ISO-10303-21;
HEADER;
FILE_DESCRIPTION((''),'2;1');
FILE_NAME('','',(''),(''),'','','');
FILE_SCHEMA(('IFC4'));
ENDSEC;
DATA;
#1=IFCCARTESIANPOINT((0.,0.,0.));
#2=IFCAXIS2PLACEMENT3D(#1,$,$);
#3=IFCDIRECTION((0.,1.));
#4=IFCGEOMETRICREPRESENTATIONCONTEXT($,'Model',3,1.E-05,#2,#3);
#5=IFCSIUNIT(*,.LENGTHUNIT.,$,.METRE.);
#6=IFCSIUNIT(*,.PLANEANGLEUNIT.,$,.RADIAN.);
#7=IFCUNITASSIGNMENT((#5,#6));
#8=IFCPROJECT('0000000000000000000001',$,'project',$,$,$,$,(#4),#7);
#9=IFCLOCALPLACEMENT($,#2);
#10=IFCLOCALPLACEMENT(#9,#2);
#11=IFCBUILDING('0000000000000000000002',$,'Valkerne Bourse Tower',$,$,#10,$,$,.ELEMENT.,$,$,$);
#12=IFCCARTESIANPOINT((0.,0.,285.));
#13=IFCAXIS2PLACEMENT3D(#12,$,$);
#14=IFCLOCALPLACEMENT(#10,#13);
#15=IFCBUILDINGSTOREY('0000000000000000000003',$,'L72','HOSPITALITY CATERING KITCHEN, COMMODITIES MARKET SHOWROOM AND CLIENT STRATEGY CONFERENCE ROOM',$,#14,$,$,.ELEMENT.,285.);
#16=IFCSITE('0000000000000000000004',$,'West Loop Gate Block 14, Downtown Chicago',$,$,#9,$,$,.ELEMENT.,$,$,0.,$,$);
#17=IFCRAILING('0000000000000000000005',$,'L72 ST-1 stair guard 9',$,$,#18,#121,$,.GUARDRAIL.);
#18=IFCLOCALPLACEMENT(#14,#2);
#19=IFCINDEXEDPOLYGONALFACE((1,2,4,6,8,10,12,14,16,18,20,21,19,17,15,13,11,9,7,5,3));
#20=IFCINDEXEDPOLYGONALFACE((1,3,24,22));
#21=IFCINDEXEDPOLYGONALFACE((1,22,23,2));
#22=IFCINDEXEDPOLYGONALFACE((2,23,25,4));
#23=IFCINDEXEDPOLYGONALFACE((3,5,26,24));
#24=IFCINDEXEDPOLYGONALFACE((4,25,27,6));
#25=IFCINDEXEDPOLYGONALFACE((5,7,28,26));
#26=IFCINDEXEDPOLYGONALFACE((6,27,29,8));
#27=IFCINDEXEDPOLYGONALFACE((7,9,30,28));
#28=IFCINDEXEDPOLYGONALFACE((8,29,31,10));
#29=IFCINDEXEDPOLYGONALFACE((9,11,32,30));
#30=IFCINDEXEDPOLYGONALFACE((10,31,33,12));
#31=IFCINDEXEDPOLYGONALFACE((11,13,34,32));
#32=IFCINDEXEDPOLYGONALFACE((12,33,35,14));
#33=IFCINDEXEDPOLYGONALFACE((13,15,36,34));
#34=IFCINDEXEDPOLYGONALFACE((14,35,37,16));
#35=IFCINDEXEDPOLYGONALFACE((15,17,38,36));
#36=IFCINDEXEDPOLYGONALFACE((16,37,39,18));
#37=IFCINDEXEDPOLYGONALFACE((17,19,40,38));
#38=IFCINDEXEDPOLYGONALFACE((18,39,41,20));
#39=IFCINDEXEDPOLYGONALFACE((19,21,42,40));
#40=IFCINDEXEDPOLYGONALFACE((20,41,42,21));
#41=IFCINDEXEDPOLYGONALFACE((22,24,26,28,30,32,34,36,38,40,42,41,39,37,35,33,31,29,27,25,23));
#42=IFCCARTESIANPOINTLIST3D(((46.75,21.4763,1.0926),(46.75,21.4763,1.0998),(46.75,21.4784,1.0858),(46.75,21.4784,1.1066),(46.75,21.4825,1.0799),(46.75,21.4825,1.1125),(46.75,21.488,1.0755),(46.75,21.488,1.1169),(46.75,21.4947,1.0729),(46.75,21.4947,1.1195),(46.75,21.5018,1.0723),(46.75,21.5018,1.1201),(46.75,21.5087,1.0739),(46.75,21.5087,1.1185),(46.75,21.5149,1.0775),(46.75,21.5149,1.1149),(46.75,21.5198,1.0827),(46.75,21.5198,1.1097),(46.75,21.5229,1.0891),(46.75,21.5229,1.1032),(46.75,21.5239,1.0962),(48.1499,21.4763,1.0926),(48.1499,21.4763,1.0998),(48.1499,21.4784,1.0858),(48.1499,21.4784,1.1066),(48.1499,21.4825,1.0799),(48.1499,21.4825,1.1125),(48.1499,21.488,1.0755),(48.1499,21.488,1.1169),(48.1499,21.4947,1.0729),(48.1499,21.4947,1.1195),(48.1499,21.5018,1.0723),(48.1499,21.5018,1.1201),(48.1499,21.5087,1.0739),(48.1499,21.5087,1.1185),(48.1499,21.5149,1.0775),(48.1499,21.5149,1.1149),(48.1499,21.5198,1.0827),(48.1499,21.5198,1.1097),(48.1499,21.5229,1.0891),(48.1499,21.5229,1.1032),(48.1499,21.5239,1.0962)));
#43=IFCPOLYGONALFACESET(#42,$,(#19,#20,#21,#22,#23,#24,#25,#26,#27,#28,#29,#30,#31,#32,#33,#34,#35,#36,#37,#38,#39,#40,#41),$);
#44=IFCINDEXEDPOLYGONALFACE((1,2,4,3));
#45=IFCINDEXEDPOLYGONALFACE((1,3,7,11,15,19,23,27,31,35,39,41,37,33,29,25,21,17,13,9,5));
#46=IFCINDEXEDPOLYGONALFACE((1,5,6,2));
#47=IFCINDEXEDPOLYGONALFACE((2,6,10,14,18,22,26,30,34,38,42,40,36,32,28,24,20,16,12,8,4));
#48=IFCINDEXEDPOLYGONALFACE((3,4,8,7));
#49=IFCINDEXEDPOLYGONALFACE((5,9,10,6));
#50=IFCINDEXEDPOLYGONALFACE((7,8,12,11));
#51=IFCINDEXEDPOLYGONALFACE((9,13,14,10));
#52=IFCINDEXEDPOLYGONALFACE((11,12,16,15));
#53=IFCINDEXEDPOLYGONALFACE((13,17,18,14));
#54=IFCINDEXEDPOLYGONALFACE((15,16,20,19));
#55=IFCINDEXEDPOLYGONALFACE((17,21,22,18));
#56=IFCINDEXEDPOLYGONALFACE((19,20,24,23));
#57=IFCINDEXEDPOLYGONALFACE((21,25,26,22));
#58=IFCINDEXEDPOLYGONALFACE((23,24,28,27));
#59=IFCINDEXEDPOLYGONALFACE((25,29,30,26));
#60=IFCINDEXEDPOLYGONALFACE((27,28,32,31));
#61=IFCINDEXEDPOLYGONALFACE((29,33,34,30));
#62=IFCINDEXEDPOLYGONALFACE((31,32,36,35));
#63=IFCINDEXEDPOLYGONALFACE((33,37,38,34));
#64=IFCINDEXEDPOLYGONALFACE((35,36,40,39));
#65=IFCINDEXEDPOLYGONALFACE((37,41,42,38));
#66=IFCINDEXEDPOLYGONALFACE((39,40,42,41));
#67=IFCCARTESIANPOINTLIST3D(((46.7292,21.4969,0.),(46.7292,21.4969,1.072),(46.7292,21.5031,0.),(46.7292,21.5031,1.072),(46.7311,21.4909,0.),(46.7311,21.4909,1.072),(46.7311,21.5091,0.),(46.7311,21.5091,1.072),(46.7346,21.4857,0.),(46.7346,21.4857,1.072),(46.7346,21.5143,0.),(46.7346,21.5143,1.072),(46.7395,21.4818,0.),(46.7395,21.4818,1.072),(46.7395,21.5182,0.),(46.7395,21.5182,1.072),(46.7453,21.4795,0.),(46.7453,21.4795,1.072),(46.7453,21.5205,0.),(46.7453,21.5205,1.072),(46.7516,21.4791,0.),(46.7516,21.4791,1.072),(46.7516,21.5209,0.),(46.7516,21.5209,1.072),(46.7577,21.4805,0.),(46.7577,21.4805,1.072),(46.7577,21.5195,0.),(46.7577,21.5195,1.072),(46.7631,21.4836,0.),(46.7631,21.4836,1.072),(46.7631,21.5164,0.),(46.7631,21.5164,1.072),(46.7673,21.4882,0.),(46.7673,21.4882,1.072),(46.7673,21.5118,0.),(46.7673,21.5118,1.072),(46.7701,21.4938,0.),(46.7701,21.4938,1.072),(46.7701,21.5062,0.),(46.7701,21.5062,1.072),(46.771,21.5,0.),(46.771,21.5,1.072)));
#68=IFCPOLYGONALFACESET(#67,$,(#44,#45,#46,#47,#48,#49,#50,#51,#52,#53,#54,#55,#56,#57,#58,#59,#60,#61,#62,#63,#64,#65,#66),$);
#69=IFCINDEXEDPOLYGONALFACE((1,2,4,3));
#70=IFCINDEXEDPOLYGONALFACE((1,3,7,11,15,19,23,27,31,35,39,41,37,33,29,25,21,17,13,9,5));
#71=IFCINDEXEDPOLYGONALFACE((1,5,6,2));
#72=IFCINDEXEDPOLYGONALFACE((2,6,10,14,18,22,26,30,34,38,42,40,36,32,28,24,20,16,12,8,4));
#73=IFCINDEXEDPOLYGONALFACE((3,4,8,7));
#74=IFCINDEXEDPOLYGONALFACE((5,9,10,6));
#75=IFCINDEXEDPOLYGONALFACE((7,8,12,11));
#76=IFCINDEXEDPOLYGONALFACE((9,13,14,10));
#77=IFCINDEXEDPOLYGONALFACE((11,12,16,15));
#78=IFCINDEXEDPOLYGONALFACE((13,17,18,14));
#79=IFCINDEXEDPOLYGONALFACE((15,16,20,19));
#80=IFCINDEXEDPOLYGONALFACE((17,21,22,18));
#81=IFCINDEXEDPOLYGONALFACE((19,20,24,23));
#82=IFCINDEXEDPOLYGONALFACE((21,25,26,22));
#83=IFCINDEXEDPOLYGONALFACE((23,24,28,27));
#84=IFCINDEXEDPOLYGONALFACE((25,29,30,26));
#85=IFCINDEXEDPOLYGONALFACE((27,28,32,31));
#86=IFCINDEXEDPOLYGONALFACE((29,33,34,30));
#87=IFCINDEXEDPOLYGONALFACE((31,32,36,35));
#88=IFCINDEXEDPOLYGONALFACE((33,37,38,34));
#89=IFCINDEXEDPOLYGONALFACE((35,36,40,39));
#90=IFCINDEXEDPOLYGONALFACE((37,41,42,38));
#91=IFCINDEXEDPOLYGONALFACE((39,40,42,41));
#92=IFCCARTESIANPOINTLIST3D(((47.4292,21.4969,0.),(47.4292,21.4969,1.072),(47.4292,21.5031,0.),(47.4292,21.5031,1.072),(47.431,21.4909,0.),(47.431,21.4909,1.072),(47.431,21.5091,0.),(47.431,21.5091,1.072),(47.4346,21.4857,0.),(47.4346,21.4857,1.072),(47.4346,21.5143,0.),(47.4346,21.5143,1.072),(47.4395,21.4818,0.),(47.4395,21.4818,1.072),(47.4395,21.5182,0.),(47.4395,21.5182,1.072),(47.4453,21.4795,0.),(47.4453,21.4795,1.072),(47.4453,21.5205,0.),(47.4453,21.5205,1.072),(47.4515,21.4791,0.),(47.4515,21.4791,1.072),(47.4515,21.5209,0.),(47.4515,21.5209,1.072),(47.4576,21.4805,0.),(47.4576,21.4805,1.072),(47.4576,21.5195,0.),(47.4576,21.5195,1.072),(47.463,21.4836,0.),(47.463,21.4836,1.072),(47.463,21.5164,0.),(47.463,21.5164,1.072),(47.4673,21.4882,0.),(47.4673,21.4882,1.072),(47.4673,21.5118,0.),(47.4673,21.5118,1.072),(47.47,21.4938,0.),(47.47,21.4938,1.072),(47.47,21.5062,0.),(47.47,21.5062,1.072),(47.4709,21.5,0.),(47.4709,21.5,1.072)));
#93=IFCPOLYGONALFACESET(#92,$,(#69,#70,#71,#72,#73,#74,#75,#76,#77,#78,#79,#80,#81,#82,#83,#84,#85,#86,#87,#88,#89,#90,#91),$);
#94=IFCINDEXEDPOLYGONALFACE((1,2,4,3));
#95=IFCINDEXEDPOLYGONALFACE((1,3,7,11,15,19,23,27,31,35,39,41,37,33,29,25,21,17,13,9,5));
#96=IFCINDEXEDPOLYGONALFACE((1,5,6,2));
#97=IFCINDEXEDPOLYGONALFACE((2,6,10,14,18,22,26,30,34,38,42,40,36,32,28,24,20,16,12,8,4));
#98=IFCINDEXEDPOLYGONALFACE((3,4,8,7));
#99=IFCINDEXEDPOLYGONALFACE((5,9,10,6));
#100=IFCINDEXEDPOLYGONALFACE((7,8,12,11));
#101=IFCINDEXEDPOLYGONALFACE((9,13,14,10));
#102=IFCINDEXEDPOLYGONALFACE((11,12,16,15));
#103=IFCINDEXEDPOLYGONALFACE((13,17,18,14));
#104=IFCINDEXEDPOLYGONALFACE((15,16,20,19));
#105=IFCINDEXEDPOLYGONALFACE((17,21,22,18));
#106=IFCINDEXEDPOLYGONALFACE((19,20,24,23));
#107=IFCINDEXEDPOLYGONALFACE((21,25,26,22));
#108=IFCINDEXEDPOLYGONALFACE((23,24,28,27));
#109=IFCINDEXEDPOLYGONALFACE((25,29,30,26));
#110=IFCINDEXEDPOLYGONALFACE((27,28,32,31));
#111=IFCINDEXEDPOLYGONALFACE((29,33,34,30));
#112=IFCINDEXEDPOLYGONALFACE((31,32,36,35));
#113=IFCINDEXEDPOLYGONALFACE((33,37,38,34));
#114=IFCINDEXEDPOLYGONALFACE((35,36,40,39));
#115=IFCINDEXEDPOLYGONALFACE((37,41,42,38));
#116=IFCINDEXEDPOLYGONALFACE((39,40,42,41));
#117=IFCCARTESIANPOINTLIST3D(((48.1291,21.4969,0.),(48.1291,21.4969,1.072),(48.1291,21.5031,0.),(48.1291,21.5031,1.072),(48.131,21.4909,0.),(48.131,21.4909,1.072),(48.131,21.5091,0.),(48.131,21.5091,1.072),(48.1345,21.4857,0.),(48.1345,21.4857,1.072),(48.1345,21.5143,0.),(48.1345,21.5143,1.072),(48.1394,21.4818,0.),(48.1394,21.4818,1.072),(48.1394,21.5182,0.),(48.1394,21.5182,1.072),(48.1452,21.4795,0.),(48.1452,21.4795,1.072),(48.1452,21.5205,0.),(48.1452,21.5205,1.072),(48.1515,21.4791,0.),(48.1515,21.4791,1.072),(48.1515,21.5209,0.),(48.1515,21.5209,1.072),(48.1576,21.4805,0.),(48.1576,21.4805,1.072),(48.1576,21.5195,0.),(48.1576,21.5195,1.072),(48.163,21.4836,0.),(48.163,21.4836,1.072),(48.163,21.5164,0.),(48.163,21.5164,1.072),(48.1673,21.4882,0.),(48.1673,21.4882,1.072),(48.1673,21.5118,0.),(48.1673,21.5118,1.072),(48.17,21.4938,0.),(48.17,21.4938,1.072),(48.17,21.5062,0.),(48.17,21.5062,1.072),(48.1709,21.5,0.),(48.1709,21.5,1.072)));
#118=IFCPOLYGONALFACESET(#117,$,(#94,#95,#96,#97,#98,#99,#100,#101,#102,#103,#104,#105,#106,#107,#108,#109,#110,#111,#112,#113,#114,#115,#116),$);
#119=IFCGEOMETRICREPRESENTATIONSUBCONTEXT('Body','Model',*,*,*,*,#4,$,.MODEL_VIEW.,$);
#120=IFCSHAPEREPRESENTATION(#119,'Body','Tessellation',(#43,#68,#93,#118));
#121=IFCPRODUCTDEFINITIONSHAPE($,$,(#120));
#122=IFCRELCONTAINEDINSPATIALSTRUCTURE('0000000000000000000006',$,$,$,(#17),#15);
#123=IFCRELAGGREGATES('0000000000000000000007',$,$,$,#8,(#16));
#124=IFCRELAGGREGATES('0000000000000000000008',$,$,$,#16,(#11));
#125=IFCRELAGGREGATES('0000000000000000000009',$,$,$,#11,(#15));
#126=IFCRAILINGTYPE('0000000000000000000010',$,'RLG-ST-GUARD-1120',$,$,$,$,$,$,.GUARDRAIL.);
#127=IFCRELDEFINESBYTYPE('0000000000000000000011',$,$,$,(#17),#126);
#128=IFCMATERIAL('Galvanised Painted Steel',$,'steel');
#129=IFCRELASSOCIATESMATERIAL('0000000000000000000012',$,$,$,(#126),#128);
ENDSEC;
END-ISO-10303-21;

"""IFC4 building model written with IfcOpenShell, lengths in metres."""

from ifc_helpers import new_model, si_unit, direction, frame, origin, origin_2d, place, context, subcontext, project, spatial, circle, extrude, material, type_object, element, save


model = new_model("IFC4")

# Units and contexts
model_context = context("Model", 3, precision=1e-05, world=origin(), true_north=direction((0.0, 1.0)))
body_context = subcontext(model_context, "Body", "Model", "MODEL_VIEW")
ifc_project = project(units=[si_unit("LENGTHUNIT", "METRE"), si_unit("PLANEANGLEUNIT", "RADIAN")], contexts=[model_context])

# Site, building, storey
site_placement = place(None, origin())
site = spatial("IfcSite", under=ifc_project, at=site_placement, Name="West Loop Gate Block 14, Downtown Chicago", CompositionType="ELEMENT", RefElevation=0.0)
building_placement = place(site_placement, origin())
building = spatial("IfcBuilding", under=site, at=building_placement, Name="Valkerne Bourse Tower", CompositionType="ELEMENT")
storey_placement = place(building_placement, frame((0.0, 0.0, 285.0)))
storey = spatial("IfcBuildingStorey", under=building, at=storey_placement, Name="L72", Description="HOSPITALITY CATERING KITCHEN, COMMODITIES MARKET SHOWROOM AND CLIENT STRATEGY CONFERENCE ROOM", CompositionType="ELEMENT", Elevation=285.0)

# Shared definitions
ifc_material_1 = material(Name="Galvanised Painted Steel", Category="steel")

# Railing
railing_type_1 = type_object("IfcRailingType", Name="RLG-ST-GUARD-1120", PredefinedType="GUARDRAIL", material=ifc_material_1)
for number, where, name in (
    (1, (46.75, 21.5, 0.0), "L72 ST-1 stair guard 9"),
):
    element("IfcRailing", number, at=place(storey_placement, frame(where)), inside=storey, type_object=railing_type_1, Name=name, PredefinedType="GUARDRAIL", context=body_context, shape_type="SweptSolid", body=[
        extrude(circle(Radius=0.0239, at=origin_2d()), frame((0.0, 0.0, 1.0962), z_axis=(1.0, 0.0, 0.0), x_axis=(0.0, 1.0, 0.0)), (0.0, 0.0, 1.0), 1.3999),
        extrude(circle(Radius=0.021, at=origin_2d()), origin(), (0.0, 0.0, 1.0), 1.072),
        extrude(circle(Radius=0.021, at=origin_2d()), frame((0.7, 0.0, 0.0)), (0.0, 0.0, 1.0), 1.072),
        extrude(circle(Radius=0.021, at=origin_2d()), frame((1.3999, 0.0, 0.0)), (0.0, 0.0, 1.0), 1.072),
    ])

save(model, "model.ifc")
